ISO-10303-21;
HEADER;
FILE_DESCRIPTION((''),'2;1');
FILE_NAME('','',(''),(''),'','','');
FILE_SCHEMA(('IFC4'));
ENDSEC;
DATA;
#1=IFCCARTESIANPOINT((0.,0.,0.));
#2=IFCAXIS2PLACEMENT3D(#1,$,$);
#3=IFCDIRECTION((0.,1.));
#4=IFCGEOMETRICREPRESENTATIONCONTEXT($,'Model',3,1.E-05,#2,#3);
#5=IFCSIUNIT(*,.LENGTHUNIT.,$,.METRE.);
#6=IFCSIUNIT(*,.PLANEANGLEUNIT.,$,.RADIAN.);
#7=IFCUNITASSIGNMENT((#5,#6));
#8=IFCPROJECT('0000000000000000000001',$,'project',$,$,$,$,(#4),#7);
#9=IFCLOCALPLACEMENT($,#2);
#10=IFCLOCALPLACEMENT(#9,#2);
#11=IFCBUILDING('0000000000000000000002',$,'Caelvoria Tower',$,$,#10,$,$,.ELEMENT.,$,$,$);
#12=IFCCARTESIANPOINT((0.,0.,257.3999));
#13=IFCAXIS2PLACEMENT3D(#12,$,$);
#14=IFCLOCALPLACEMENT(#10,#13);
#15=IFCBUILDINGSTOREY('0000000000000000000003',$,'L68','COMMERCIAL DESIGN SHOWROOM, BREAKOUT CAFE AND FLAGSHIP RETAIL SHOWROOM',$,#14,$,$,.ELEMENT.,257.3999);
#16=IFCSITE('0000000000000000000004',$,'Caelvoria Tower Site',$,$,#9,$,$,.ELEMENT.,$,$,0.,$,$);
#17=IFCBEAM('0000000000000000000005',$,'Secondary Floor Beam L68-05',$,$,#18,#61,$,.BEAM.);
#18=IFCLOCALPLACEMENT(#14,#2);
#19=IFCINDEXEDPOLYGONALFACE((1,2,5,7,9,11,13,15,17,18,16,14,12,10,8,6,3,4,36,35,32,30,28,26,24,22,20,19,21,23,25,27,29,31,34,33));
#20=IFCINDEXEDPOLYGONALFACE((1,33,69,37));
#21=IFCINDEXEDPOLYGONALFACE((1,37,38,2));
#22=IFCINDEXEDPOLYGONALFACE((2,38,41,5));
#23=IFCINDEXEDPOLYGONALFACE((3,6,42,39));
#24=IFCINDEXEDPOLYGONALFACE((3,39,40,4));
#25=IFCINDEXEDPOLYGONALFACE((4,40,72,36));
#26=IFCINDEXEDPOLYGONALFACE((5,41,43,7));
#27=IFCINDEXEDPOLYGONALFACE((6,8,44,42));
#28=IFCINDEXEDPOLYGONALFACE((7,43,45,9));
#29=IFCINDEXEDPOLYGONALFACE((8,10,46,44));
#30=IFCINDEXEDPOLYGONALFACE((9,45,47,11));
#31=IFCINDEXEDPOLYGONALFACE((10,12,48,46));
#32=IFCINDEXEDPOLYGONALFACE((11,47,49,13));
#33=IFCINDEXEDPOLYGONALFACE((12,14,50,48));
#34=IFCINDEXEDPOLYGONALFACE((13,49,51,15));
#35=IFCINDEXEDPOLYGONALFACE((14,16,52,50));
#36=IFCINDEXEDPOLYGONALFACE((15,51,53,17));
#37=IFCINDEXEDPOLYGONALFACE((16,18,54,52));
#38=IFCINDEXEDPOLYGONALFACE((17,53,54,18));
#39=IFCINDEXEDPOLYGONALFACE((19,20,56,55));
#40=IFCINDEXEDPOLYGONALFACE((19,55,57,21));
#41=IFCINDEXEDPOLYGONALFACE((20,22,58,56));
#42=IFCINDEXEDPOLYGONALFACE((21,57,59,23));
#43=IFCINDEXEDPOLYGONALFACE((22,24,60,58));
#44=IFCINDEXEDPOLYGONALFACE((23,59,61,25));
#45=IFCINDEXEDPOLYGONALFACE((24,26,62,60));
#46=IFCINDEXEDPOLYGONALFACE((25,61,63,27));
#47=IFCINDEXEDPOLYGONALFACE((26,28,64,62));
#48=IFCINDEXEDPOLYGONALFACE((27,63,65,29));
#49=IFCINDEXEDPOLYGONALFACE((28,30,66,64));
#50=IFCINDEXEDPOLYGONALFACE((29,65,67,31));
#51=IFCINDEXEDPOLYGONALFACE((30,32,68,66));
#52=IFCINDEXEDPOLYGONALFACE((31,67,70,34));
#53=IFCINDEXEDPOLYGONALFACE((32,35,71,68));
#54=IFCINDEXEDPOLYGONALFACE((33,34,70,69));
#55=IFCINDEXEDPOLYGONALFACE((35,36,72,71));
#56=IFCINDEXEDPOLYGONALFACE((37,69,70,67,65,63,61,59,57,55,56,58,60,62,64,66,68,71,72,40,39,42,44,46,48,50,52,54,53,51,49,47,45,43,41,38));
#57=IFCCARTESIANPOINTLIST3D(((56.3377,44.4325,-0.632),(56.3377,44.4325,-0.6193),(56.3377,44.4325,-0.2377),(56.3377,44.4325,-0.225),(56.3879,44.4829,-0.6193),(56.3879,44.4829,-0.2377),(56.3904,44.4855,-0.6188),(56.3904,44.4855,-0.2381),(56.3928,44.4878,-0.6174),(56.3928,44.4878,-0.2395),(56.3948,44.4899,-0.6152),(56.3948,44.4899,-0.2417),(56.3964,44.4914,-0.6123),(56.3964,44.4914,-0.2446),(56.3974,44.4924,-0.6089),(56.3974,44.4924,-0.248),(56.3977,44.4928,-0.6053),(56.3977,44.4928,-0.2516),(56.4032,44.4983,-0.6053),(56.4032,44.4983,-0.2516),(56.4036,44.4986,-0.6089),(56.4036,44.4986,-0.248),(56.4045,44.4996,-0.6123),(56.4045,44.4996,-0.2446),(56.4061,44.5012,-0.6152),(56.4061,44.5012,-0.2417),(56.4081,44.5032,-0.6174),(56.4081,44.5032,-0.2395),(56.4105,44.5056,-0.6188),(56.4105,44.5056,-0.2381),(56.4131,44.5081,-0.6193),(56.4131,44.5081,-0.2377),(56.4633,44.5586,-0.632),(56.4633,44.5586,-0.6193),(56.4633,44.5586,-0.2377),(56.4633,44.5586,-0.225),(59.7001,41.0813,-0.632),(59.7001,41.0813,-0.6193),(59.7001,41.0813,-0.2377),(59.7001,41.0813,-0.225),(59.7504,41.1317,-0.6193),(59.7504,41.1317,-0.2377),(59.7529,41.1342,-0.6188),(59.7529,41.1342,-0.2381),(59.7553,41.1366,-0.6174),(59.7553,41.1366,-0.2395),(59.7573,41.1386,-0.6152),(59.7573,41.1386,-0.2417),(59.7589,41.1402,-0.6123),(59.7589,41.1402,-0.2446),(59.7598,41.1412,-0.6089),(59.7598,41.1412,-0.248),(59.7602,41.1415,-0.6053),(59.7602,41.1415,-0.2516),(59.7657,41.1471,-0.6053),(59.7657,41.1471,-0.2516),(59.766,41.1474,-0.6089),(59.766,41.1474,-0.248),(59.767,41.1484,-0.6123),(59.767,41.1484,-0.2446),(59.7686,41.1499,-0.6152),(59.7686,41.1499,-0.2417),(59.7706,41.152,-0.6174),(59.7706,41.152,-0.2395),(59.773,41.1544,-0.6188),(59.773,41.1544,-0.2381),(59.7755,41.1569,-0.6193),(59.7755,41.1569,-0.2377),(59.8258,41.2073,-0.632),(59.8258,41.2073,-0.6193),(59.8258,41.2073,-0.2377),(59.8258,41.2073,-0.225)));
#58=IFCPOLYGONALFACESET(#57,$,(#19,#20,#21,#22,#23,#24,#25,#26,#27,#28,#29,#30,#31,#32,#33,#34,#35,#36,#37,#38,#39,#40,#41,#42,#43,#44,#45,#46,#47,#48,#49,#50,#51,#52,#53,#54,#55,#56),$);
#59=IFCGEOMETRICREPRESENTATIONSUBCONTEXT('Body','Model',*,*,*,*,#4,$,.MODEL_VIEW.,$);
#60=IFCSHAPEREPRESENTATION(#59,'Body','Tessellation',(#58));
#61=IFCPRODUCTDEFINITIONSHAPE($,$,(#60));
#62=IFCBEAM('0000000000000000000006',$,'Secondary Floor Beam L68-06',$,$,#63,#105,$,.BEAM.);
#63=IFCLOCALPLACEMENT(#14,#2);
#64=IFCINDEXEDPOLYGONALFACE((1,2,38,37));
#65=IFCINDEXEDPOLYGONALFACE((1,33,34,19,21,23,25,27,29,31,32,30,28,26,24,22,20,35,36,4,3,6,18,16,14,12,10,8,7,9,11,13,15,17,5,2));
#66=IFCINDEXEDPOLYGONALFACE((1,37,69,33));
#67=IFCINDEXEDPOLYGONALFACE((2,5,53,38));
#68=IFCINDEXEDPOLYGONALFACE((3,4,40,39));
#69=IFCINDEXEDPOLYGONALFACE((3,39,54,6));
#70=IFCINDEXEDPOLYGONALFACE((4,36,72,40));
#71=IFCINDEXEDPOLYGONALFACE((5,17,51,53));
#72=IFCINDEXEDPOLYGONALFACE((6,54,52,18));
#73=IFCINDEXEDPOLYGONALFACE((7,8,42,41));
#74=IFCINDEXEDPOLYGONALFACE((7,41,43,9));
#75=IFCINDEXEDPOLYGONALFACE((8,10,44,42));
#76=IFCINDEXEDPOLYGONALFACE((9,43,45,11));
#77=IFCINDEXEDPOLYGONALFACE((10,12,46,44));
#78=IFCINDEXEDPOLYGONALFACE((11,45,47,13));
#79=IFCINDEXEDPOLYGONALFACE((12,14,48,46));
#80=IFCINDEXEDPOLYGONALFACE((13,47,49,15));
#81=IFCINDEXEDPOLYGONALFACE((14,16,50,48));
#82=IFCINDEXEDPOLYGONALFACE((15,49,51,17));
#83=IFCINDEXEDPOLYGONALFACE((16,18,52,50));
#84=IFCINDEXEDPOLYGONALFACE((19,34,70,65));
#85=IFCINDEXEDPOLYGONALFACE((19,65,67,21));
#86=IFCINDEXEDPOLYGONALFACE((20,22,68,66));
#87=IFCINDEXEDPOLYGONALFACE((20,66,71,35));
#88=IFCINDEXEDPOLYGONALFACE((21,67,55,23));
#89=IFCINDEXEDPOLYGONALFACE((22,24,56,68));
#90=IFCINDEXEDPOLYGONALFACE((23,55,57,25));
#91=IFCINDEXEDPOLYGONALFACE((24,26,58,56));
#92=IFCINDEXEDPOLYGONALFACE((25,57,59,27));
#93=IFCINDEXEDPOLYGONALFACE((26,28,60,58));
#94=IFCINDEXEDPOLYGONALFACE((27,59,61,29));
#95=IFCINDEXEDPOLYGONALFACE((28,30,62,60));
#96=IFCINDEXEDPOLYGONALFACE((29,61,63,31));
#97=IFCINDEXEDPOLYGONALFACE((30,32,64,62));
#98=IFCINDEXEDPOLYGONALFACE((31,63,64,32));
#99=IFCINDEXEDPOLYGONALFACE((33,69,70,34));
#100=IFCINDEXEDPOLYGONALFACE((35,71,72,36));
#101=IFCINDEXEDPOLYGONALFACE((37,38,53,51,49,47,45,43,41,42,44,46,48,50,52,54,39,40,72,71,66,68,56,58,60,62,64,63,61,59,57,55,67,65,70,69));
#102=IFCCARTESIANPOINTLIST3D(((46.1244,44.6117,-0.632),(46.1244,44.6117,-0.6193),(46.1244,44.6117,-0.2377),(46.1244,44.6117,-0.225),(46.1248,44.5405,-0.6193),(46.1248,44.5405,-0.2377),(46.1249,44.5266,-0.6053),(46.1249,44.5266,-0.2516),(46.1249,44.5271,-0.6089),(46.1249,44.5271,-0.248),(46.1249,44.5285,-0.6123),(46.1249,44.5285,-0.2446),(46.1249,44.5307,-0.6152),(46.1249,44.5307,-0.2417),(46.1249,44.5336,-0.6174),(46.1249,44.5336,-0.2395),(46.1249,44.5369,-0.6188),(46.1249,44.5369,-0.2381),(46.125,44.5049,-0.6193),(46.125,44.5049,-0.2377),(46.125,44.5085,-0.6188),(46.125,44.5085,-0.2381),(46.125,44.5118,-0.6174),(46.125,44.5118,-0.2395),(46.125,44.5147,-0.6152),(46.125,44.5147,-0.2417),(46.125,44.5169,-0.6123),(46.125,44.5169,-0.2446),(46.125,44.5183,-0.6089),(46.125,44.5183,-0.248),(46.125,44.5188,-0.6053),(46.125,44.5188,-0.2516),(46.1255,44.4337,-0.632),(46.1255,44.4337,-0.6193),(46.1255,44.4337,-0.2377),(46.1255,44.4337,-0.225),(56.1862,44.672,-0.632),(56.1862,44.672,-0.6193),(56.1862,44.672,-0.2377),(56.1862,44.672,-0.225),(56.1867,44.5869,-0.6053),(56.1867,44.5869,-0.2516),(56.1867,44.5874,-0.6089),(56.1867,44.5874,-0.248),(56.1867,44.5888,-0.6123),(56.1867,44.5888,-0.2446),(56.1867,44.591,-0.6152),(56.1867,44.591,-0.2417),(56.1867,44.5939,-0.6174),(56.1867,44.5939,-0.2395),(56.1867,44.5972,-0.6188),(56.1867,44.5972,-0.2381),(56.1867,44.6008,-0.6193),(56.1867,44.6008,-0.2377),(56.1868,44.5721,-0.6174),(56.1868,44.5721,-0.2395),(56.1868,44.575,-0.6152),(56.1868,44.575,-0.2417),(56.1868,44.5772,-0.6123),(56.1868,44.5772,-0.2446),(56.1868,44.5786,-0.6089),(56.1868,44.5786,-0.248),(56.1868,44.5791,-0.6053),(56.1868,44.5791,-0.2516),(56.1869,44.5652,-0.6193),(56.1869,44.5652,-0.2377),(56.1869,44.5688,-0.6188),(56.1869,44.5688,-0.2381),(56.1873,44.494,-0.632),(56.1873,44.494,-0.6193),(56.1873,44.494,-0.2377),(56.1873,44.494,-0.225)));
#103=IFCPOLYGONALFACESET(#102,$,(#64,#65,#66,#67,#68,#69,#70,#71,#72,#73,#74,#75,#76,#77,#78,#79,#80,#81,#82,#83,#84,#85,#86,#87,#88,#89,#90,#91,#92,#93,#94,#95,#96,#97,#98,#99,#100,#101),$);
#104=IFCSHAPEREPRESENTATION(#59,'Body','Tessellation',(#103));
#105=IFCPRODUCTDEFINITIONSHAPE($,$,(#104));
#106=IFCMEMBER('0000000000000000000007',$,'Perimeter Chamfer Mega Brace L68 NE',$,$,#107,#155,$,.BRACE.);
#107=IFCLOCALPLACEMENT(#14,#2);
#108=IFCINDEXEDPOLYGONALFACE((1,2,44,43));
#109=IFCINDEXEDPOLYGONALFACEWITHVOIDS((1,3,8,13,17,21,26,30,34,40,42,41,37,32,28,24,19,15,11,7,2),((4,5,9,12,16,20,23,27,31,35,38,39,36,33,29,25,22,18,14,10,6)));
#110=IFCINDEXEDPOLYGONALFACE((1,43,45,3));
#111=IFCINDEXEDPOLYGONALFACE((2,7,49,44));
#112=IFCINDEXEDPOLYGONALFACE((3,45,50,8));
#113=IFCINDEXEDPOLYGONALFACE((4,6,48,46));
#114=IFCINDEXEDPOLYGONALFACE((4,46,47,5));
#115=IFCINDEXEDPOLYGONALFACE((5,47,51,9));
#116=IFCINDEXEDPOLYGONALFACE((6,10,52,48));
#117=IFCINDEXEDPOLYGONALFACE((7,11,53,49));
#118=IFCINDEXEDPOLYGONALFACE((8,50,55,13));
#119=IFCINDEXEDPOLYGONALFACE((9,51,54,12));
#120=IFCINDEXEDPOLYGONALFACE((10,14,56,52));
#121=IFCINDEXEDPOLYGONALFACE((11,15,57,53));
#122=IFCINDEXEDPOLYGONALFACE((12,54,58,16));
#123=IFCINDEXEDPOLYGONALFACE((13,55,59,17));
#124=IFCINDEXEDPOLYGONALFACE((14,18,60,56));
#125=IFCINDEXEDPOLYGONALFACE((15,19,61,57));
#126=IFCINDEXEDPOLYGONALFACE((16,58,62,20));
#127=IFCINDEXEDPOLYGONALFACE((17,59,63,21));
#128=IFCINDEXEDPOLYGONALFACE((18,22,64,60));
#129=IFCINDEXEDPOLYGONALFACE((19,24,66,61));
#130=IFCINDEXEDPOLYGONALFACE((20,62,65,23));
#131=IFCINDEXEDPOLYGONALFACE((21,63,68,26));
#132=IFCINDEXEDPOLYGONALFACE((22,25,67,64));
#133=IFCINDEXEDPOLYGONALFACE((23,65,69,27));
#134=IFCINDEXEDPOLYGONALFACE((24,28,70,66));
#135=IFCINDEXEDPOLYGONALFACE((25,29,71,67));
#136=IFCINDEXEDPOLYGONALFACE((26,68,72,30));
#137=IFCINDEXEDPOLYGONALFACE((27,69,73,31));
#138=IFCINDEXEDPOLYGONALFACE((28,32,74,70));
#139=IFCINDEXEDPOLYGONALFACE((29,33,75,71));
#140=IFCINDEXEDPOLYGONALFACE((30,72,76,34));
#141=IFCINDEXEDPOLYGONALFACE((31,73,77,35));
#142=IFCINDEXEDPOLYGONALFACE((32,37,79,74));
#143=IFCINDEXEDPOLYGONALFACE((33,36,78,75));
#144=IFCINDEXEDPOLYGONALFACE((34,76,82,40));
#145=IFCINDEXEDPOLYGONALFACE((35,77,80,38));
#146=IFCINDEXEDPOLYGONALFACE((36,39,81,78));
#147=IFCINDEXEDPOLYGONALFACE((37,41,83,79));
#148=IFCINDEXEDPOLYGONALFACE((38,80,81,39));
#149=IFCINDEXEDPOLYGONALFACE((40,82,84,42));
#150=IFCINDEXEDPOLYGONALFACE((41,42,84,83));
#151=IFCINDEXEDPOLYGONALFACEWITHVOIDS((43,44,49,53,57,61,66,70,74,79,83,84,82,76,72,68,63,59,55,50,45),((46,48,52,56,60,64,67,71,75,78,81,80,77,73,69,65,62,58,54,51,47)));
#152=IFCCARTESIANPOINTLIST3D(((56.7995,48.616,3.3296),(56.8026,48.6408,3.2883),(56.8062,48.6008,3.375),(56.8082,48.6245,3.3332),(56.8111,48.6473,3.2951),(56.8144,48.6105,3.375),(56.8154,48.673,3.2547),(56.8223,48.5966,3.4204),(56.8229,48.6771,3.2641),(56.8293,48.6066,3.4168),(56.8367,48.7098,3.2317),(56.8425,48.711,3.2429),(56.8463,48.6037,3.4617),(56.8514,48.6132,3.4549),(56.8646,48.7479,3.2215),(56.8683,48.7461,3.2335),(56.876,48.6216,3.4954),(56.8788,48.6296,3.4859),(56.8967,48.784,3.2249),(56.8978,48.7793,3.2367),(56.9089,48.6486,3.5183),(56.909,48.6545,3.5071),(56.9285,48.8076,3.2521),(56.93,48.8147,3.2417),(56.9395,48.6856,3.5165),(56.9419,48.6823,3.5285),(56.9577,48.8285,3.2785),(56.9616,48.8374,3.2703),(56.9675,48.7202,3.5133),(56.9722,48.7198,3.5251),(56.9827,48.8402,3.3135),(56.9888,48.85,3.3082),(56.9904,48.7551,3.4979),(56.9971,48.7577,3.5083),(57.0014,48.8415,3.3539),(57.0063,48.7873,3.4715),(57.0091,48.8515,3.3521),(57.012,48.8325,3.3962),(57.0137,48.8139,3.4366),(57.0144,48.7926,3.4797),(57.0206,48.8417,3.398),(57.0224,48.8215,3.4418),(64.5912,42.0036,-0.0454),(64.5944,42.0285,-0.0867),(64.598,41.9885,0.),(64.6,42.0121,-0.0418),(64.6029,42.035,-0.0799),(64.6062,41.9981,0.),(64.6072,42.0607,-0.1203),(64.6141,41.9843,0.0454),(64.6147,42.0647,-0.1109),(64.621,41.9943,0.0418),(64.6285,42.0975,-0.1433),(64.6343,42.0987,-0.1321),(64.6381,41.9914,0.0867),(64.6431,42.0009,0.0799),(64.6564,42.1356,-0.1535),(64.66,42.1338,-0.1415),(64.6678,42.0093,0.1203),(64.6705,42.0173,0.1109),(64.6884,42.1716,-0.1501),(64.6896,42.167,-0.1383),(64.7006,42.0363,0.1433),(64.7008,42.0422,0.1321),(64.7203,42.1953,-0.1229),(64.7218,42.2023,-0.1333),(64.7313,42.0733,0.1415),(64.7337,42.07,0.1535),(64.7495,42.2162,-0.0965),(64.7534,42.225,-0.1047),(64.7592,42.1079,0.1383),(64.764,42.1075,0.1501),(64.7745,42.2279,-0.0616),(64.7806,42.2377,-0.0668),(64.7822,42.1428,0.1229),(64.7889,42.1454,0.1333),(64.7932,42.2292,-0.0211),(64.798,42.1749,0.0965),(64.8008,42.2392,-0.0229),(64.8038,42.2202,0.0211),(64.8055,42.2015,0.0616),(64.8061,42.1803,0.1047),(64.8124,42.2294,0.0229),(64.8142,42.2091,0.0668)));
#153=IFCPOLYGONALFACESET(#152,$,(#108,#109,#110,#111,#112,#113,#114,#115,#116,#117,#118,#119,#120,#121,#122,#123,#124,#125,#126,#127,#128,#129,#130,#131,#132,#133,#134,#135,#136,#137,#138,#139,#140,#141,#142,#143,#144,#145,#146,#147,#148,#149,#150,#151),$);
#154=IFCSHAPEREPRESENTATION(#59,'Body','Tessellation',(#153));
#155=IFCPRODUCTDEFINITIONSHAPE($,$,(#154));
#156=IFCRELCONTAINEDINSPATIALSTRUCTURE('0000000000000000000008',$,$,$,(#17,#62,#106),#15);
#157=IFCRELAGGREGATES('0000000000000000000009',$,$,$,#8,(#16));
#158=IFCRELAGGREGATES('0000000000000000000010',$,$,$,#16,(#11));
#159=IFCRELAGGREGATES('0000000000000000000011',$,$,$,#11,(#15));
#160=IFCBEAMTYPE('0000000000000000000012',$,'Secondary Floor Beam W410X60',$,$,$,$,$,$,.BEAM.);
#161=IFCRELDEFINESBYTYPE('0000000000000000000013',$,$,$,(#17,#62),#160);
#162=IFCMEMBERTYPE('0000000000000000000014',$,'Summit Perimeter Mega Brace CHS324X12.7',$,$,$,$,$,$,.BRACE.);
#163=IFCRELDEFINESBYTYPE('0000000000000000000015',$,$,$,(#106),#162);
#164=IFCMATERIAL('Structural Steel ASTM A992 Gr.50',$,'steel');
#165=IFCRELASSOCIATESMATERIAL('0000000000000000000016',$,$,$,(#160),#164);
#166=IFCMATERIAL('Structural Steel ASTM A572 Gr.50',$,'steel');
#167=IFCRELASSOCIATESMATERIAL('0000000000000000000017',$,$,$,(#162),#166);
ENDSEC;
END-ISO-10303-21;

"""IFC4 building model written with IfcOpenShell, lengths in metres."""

from ifc_helpers import new_model, si_unit, direction, frame, origin, origin_2d, place, context, subcontext, project, spatial, hollow_circle, i_section, extrude, material, material_profile, profile_set, type_object, element, save


model = new_model("IFC4")

# Units and contexts
model_context = context("Model", 3, precision=1e-05, world=origin(), true_north=direction((0.0, 1.0)))
body_context = subcontext(model_context, "Body", "Model", "MODEL_VIEW")
ifc_project = project(units=[si_unit("LENGTHUNIT", "METRE"), si_unit("PLANEANGLEUNIT", "RADIAN")], contexts=[model_context])

# Site, building, storey
site_placement = place(None, origin())
site = spatial("IfcSite", under=ifc_project, at=site_placement, Name="Caelvoria Tower Site", CompositionType="ELEMENT", RefElevation=0.0)
building_placement = place(site_placement, origin())
building = spatial("IfcBuilding", under=site, at=building_placement, Name="Caelvoria Tower", CompositionType="ELEMENT")
storey_placement = place(building_placement, frame((0.0, 0.0, 257.3999)))
storey = spatial("IfcBuildingStorey", under=building, at=storey_placement, Name="L68", Description="COMMERCIAL DESIGN SHOWROOM, BREAKOUT CAFE AND FLAGSHIP RETAIL SHOWROOM", CompositionType="ELEMENT", Elevation=257.3999)

# Shared definitions
ifc_material_1 = material(Name="Structural Steel ASTM A572 Gr.50", Category="steel")

# Beams
ifc_material_2 = material(Name="Structural Steel ASTM A992 Gr.50", Category="steel")
ifc_material_profile_1 = material_profile(ifc_material_2, i_section(OverallWidth=0.178, OverallDepth=0.407, WebThickness=0.0078, FlangeThickness=0.0127, FilletRadius=0.0139, at=origin_2d()), Name="Structural Steel ASTM A992 Gr.50")
ifc_profile_set_1 = profile_set([ifc_material_profile_1], Name="W410X60 - Structural Steel ASTM A992 Gr.50")
beam_type_1 = type_object("IfcBeamType", Name="Secondary Floor Beam W410X60", PredefinedType="BEAM", material=ifc_profile_set_1)
beam_1_placement = place(storey_placement, frame((59.7629, 41.1443, -0.4285), z_axis=(-0.708289, 0.705923, 0.0), x_axis=(-0.705923, -0.708289, 0.0)))
element("IfcBeam", 1, at=beam_1_placement, inside=storey, type_object=beam_type_1, Name="Secondary Floor Beam L68-05", PredefinedType="BEAM", context=body_context, shape_type="SweptSolid", body=[
    extrude(i_section(OverallWidth=0.178, OverallDepth=0.407, WebThickness=0.0078, FlangeThickness=0.0127, FilletRadius=0.0139, at=origin_2d()), origin(), (0.0, 0.0, 1.0), 4.7473),
])
beam_2_placement = place(storey_placement, frame((56.1868, 44.583, -0.4285), z_axis=(-0.999982, -0.005993, 0.0), x_axis=(0.005993, -0.999982, 0.0)))
element("IfcBeam", 2, at=beam_2_placement, inside=storey, type_object=beam_type_1, Name="Secondary Floor Beam L68-06", PredefinedType="BEAM", context=body_context, shape_type="SweptSolid", body=[
    extrude(i_section(OverallWidth=0.178, OverallDepth=0.407, WebThickness=0.0078, FlangeThickness=0.0127, FilletRadius=0.0139, at=origin_2d()), origin(), (0.0, 0.0, 1.0), 10.062),
])

# Member
ifc_material_profile_2 = material_profile(ifc_material_1, hollow_circle(Radius=0.1621, WallThickness=0.0127, at=origin_2d()), Name="Structural Steel ASTM A572 Gr.50")
ifc_profile_set_2 = profile_set([ifc_material_profile_2], Name="CHS324X12.7 - Structural Steel ASTM A572 Gr.50")
member_type = type_object("IfcMemberType", Name="Summit Perimeter Mega Brace CHS324X12.7", PredefinedType="BRACE", material=ifc_profile_set_2)
member_placement = place(storey_placement, frame((64.7029, 42.1121, 0.0), z_axis=(-0.723993, 0.614402, 0.313598), x_axis=(-0.647041, -0.762455, 0.0)))
element("IfcMember", 3, at=member_placement, inside=storey, type_object=member_type, Name="Perimeter Chamfer Mega Brace L68 NE", PredefinedType="BRACE", context=body_context, shape_type="SweptSolid", body=[
    extrude(hollow_circle(Radius=0.1621, WallThickness=0.0127, at=origin_2d()), origin(), (0.0, 0.0, 1.0), 10.7622),
])

save(model, "model.ifc")
